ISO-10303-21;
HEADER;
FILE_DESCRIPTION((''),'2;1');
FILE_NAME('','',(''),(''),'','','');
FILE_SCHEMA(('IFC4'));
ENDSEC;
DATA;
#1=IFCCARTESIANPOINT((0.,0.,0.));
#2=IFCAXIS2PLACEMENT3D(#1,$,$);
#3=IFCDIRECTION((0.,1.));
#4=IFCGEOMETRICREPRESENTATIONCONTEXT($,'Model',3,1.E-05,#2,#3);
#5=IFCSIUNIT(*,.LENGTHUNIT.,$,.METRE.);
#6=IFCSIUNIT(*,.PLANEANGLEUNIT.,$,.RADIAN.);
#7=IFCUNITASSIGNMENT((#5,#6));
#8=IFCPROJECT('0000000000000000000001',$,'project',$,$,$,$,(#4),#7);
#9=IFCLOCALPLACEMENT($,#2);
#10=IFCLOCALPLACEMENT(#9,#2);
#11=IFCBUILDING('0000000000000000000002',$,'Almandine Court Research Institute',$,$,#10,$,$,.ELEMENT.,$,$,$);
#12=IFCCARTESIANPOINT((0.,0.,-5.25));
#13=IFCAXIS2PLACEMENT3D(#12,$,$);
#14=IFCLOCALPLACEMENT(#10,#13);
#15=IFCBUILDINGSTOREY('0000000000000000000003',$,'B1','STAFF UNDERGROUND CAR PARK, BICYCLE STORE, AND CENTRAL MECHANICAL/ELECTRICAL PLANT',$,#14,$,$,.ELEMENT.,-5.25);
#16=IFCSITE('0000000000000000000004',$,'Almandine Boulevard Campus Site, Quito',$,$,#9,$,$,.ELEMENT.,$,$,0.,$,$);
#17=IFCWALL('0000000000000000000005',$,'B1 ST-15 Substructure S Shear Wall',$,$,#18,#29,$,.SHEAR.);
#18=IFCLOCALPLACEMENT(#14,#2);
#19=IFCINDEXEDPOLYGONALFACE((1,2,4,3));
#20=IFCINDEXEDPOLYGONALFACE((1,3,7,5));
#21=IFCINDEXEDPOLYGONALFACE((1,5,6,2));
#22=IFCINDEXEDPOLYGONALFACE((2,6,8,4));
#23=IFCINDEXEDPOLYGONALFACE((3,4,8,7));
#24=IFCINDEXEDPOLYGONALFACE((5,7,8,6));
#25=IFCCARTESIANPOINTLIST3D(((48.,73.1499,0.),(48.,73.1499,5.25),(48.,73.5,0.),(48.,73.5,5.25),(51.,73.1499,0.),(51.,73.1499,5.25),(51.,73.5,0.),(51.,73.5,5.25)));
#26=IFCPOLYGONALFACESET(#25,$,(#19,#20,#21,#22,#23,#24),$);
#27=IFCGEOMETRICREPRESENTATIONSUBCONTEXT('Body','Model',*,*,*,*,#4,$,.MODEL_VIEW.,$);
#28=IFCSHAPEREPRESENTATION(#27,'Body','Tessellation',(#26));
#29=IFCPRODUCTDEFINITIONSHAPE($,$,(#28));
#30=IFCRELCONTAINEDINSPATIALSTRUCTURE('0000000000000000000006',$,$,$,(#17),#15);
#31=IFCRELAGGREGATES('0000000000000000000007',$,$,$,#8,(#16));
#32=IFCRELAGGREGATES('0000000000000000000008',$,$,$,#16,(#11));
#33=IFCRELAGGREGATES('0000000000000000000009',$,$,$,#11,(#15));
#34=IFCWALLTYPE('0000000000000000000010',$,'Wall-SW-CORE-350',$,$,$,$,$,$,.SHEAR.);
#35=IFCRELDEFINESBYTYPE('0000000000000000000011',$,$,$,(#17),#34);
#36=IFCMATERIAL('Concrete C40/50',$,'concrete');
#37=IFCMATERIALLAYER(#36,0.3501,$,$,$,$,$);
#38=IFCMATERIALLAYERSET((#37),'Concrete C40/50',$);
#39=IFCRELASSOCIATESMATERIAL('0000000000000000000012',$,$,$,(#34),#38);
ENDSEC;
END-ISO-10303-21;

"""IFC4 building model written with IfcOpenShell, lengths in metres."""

from ifc_helpers import new_model, si_unit, direction, frame, frame_2d, origin, place, context, subcontext, project, spatial, rectangle, extrude, material, layer, layer_set, type_object, element, save


model = new_model("IFC4")

# Units and contexts
model_context = context("Model", 3, precision=1e-05, world=origin(), true_north=direction((0.0, 1.0)))
body_context = subcontext(model_context, "Body", "Model", "MODEL_VIEW")
ifc_project = project(units=[si_unit("LENGTHUNIT", "METRE"), si_unit("PLANEANGLEUNIT", "RADIAN")], contexts=[model_context])

# Site, building, storey
site_placement = place(None, origin())
site = spatial("IfcSite", under=ifc_project, at=site_placement, Name="Almandine Boulevard Campus Site, Quito", CompositionType="ELEMENT", RefElevation=0.0)
building_placement = place(site_placement, origin())
building = spatial("IfcBuilding", under=site, at=building_placement, Name="Almandine Court Research Institute", CompositionType="ELEMENT")
storey_placement = place(building_placement, frame((0.0, 0.0, -5.25)))
storey = spatial("IfcBuildingStorey", under=building, at=storey_placement, Name="B1", Description="STAFF UNDERGROUND CAR PARK, BICYCLE STORE, AND CENTRAL MECHANICAL/ELECTRICAL PLANT", CompositionType="ELEMENT", Elevation=-5.25)

# Shared definitions
ifc_material_1 = material(Name="Concrete C40/50", Category="concrete")

# Wall
ifc_layer = layer(ifc_material_1, 0.3501)
ifc_layer_set = layer_set([ifc_layer], Name="Concrete C40/50")
wall_type = type_object("IfcWallType", Name="Wall-SW-CORE-350", PredefinedType="SHEAR", material=ifc_layer_set)
wall_1_placement = place(storey_placement, frame((51.0, 73.325, 0.0), z_axis=(0.0, 0.0, 1.0), x_axis=(-1.0, 0.0, 0.0)))
element("IfcWall", 1, at=wall_1_placement, inside=storey, type_object=wall_type, Name="B1 ST-15 Substructure S Shear Wall", PredefinedType="SHEAR", context=body_context, shape_type="SweptSolid", body=[
    extrude(rectangle(XDim=3.0, YDim=0.3501, at=frame_2d((1.5, 0.0))), origin(), (0.0, 0.0, 1.0), 5.25),
])

save(model, "model.ifc")
